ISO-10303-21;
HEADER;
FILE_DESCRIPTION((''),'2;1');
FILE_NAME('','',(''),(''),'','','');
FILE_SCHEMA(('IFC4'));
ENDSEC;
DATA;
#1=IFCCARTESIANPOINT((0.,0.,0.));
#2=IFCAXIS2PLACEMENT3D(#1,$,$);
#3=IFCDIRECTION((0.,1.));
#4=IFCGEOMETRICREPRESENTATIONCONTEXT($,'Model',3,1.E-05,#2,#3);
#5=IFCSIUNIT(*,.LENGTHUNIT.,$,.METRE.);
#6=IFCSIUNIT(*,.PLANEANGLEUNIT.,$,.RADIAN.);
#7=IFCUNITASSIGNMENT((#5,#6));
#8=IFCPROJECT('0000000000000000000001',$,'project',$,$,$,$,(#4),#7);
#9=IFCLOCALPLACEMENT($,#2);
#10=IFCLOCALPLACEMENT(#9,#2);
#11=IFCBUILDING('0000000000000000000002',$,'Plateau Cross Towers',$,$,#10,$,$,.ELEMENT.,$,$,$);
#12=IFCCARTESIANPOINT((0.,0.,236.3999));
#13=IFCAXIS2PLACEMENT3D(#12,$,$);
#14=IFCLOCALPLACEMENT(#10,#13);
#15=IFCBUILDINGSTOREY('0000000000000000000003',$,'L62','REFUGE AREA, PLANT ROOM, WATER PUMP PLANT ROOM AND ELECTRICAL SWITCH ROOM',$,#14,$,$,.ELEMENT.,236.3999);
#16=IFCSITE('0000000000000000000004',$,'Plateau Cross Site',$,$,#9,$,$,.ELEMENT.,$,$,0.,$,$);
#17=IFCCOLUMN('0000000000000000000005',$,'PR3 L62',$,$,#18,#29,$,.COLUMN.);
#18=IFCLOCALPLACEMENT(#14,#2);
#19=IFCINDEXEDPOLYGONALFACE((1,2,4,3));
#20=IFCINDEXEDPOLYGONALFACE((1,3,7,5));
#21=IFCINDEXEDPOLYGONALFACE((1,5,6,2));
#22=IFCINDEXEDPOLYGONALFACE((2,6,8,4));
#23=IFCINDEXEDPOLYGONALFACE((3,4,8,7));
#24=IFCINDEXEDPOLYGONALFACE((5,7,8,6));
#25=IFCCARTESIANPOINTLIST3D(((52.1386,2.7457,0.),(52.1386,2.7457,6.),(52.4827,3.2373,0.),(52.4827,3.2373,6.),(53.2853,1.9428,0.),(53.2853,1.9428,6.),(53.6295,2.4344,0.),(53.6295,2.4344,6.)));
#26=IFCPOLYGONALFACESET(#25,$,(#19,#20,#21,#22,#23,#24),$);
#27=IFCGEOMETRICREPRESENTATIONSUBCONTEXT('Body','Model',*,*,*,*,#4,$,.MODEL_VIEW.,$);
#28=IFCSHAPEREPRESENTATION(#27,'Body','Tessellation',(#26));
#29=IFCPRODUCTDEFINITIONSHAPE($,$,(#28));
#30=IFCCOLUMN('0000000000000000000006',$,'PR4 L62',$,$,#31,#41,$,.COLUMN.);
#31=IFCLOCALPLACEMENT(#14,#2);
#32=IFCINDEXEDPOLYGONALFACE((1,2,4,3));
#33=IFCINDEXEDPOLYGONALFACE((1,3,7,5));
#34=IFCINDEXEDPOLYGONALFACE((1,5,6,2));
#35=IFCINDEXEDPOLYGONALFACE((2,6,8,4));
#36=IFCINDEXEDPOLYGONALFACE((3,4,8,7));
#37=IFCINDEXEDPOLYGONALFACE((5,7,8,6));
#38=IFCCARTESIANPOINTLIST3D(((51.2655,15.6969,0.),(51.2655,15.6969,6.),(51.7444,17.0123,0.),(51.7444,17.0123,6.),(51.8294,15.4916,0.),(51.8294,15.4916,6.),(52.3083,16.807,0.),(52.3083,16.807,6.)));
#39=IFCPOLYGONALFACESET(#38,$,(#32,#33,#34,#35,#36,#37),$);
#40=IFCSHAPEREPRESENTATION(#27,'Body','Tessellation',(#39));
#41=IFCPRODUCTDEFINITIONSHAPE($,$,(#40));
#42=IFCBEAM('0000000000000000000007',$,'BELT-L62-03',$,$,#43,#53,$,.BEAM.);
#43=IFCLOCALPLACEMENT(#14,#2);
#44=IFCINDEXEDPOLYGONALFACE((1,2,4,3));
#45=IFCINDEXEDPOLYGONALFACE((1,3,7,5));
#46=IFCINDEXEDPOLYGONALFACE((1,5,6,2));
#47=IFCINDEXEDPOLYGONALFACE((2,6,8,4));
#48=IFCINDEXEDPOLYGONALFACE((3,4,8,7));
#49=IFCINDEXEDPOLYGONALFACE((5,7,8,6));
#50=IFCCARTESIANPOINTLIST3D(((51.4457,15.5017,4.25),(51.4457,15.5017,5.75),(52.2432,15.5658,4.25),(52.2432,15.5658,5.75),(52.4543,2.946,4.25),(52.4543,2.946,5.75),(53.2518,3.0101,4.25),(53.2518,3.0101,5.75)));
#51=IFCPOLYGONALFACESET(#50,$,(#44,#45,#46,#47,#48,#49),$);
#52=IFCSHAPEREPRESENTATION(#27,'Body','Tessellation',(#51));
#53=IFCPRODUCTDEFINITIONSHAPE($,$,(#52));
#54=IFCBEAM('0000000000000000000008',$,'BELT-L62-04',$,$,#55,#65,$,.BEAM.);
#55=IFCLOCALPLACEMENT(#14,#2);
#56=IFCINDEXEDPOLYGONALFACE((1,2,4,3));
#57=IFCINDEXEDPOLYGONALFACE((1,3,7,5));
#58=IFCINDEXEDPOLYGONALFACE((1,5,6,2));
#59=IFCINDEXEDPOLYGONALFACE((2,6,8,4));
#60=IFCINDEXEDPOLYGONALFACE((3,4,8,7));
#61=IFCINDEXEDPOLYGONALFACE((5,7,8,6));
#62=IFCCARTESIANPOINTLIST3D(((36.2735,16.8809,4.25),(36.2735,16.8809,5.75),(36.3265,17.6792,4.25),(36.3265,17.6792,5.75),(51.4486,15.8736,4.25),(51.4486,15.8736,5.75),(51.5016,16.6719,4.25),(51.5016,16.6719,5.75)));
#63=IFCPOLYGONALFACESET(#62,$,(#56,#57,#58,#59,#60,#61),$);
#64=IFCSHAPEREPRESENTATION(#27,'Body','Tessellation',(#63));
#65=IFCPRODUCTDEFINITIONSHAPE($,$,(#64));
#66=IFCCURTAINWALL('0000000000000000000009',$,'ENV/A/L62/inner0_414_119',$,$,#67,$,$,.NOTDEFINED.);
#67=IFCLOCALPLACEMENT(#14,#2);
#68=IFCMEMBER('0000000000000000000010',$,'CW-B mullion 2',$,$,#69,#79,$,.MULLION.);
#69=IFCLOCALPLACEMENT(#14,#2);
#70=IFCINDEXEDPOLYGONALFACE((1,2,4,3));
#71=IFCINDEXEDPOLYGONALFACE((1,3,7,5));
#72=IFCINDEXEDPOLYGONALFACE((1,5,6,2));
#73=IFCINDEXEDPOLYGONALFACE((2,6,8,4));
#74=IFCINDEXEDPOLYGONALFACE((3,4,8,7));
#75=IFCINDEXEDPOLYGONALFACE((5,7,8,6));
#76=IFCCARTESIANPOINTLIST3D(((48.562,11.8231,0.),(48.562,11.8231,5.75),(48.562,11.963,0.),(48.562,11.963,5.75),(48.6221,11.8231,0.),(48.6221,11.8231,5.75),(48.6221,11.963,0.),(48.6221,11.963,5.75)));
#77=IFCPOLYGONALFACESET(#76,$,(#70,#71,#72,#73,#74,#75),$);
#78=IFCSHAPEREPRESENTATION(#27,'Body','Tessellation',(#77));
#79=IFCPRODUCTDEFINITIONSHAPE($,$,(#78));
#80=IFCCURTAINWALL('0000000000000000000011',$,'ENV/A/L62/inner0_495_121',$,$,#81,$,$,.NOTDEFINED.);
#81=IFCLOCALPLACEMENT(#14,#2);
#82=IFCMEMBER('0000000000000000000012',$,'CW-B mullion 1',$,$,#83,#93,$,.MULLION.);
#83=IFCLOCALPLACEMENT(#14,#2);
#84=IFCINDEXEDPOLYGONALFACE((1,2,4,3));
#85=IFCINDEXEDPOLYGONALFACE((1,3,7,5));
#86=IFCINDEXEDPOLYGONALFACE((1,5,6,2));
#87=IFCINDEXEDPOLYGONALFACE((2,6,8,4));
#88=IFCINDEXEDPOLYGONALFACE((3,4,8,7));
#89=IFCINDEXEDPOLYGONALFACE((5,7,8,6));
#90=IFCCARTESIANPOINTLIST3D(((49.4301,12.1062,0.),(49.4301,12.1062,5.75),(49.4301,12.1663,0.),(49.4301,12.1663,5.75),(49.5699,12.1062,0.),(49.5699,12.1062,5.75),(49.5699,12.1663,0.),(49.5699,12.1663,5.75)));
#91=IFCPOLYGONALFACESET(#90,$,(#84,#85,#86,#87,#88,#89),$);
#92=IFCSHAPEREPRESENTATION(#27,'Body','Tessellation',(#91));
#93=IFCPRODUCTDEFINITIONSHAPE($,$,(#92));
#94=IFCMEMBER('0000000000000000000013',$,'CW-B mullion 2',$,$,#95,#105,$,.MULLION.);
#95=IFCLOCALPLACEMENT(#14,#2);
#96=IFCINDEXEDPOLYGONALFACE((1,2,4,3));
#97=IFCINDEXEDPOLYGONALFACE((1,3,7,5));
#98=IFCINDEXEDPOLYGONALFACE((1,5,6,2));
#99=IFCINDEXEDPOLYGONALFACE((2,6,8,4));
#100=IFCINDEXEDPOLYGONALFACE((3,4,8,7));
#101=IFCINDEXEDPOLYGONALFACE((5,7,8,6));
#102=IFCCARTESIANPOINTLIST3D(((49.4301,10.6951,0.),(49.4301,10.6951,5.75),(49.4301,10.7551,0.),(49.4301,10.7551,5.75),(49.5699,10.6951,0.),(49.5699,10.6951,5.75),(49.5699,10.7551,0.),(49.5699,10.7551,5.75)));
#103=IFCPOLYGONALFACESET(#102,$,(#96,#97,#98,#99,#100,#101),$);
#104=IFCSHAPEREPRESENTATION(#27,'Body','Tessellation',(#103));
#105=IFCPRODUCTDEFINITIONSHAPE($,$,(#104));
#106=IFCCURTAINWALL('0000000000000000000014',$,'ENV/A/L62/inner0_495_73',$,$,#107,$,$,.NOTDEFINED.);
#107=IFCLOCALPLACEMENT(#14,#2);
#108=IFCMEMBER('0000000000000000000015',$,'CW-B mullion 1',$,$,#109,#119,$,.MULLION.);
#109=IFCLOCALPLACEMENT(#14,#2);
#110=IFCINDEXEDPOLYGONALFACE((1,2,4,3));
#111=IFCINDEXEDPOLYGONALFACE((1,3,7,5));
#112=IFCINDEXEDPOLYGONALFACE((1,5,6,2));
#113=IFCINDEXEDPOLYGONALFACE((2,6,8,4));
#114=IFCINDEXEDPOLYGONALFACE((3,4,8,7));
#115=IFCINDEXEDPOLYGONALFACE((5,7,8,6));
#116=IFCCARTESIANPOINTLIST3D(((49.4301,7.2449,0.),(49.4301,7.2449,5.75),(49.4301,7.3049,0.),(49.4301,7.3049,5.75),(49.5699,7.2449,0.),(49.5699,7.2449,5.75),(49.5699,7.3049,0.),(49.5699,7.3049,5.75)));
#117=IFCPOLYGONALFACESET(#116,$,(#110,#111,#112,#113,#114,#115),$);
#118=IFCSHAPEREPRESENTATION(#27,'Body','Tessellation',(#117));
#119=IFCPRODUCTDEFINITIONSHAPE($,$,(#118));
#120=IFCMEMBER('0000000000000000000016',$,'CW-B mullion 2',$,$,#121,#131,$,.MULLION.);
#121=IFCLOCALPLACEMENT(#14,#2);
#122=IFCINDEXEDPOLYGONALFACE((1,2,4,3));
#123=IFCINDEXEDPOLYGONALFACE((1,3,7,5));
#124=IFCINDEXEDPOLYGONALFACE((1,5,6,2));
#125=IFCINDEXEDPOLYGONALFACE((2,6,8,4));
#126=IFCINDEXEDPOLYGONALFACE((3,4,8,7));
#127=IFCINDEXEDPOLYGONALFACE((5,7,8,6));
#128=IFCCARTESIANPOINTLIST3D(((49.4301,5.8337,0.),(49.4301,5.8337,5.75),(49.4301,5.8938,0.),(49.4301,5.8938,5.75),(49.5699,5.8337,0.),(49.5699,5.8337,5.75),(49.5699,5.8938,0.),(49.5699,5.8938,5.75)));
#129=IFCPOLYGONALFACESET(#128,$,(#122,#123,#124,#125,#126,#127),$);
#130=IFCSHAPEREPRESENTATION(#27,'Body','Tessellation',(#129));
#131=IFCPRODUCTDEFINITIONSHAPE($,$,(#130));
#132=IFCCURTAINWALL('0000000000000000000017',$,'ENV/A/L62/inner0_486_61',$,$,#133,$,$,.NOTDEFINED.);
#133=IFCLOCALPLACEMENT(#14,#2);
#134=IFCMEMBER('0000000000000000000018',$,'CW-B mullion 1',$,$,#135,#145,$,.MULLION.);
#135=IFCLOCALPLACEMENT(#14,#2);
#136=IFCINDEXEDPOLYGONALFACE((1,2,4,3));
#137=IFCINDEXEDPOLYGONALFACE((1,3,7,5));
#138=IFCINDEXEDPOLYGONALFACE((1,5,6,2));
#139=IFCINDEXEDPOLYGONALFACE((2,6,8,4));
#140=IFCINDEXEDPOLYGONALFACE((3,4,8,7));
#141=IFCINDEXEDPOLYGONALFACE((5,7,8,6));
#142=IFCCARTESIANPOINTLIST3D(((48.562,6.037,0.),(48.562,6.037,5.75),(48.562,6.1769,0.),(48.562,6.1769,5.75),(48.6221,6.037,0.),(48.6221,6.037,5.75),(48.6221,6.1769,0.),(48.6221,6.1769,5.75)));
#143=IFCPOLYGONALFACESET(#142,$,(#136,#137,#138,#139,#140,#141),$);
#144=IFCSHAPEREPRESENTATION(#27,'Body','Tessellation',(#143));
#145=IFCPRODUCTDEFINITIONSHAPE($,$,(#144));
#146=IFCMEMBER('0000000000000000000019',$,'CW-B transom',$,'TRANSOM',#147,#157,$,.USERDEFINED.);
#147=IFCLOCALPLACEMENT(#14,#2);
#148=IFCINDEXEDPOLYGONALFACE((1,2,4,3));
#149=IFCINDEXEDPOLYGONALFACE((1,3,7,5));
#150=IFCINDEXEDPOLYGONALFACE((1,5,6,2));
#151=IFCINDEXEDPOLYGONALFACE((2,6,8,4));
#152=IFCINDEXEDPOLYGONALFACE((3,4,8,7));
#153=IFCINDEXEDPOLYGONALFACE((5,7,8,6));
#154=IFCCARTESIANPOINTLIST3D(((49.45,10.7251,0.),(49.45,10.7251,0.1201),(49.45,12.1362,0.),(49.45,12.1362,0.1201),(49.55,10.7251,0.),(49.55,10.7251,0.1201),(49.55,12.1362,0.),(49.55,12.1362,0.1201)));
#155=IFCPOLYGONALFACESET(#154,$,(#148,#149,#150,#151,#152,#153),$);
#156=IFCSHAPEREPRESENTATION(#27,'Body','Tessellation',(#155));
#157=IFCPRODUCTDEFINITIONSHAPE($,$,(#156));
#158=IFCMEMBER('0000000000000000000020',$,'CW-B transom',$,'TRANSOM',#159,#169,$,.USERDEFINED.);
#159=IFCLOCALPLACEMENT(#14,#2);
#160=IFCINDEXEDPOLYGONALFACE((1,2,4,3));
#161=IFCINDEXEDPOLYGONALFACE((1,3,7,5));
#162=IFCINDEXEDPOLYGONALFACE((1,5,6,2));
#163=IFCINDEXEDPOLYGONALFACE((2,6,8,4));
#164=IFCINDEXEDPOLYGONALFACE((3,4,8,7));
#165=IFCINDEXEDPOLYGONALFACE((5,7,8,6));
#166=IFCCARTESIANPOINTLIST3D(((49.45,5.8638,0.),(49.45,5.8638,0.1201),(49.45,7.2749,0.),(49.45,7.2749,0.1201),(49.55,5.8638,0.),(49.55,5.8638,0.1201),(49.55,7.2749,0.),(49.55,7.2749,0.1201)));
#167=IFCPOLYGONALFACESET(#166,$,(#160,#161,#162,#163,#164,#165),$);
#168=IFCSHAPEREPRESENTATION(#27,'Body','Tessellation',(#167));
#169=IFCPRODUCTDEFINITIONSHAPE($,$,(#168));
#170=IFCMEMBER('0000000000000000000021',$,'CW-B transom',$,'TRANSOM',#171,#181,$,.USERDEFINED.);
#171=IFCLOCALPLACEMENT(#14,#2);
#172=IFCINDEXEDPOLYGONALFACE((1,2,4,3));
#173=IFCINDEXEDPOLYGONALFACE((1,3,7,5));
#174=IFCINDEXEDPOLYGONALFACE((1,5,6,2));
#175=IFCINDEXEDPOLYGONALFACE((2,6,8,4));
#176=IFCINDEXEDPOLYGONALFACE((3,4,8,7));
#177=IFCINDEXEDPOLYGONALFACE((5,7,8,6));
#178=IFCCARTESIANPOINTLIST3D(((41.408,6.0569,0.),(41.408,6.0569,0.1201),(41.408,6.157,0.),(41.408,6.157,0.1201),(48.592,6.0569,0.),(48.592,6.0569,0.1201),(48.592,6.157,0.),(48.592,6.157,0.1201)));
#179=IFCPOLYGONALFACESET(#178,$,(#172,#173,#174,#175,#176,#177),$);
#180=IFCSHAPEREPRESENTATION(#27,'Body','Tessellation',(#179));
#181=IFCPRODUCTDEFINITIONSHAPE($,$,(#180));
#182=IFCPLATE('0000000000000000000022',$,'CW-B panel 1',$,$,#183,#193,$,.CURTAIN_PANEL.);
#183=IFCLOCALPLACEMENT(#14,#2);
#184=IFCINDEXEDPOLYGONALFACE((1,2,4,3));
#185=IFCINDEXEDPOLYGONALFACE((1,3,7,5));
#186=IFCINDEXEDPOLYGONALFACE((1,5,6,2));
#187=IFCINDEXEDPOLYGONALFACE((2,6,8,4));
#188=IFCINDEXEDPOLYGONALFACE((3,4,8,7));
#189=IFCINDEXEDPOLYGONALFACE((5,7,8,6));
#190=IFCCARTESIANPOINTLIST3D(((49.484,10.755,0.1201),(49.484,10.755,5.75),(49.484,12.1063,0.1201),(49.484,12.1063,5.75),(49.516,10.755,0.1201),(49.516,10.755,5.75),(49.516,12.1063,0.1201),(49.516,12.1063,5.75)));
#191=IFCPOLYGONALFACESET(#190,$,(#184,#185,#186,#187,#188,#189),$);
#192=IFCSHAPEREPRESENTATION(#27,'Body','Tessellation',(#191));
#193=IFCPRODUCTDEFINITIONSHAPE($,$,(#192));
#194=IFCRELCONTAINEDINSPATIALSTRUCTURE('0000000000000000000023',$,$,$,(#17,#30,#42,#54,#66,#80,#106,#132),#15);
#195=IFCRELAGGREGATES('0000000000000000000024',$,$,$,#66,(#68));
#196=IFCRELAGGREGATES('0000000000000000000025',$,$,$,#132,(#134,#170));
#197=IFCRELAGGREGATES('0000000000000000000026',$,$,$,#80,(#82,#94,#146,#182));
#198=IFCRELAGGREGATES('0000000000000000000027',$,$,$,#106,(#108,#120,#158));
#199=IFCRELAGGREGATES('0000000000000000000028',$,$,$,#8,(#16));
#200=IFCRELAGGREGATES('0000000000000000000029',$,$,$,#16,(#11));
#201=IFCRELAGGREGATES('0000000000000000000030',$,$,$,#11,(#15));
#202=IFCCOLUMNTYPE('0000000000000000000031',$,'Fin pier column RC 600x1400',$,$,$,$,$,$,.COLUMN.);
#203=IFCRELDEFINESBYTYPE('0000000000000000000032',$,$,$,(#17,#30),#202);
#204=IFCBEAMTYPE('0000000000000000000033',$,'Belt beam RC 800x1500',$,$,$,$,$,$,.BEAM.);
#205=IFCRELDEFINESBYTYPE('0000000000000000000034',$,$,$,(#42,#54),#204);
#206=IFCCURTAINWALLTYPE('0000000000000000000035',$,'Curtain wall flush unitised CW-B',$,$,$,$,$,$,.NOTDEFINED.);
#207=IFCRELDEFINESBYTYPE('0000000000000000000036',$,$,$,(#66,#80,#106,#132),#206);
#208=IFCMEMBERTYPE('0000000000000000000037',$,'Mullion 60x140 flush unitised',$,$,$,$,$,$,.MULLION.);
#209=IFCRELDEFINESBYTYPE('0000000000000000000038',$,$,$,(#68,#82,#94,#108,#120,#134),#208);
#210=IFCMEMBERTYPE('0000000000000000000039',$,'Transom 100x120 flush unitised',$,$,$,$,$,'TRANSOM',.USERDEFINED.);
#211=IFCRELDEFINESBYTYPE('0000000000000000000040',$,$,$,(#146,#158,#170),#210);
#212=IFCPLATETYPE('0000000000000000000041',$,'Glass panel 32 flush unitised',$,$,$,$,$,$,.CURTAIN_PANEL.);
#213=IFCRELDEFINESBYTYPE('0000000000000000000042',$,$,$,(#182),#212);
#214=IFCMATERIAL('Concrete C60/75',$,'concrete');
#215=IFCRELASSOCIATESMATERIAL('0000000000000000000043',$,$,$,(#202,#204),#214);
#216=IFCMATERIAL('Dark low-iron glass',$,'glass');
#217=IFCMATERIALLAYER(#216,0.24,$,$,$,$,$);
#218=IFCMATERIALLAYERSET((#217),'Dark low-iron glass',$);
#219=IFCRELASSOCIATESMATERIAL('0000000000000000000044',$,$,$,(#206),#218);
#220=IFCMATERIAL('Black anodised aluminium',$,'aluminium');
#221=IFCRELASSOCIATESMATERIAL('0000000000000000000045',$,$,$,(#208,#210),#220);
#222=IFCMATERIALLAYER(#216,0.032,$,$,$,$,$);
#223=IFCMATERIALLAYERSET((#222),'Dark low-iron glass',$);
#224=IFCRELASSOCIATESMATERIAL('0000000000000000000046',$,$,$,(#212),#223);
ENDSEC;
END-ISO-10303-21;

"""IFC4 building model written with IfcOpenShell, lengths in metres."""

from ifc_helpers import new_model, si_unit, direction, frame, origin, origin_2d, place, context, subcontext, project, spatial, rectangle, extrude, material, layer, layer_set, material_profile, profile_set, type_object, element, aggregate, save


model = new_model("IFC4")

# Units and contexts
model_context = context("Model", 3, precision=1e-05, world=origin(), true_north=direction((0.0, 1.0)))
body_context = subcontext(model_context, "Body", "Model", "MODEL_VIEW")
ifc_project = project(units=[si_unit("LENGTHUNIT", "METRE"), si_unit("PLANEANGLEUNIT", "RADIAN")], contexts=[model_context])

# Site, building, storey
site_placement = place(None, origin())
site = spatial("IfcSite", under=ifc_project, at=site_placement, Name="Plateau Cross Site", CompositionType="ELEMENT", RefElevation=0.0)
building_placement = place(site_placement, origin())
building = spatial("IfcBuilding", under=site, at=building_placement, Name="Plateau Cross Towers", CompositionType="ELEMENT")
storey_placement = place(building_placement, frame((0.0, 0.0, 236.3999)))
storey = spatial("IfcBuildingStorey", under=building, at=storey_placement, Name="L62", Description="REFUGE AREA, PLANT ROOM, WATER PUMP PLANT ROOM AND ELECTRICAL SWITCH ROOM", CompositionType="ELEMENT", Elevation=236.3999)

# Columns
ifc_material_1 = material(Name="Concrete C60/75", Category="concrete")
ifc_material_profile_1 = material_profile(ifc_material_1, rectangle(XDim=0.6001, YDim=1.3999, at=origin_2d()), Name="RC 600x1400")
ifc_profile_set_1 = profile_set([ifc_material_profile_1], Name="Concrete C60/75")
column_type = type_object("IfcColumnType", Name="Fin pier column RC 600x1400", PredefinedType="COLUMN", material=ifc_profile_set_1)
for number, where, z_axis, x_axis, name in (
    (1, (52.884, 2.5901, 0.0), (0.0, 0.0, 1.0), (0.573543, 0.819176, 0.0), "PR3 L62"),
    (2, (51.7869, 16.252, 0.0), (0.0, 0.0, 1.0), (-0.939664, 0.342098, 0.0), "PR4 L62"),
):
    element("IfcColumn", number, at=place(storey_placement, frame(where, z_axis=z_axis, x_axis=x_axis)), inside=storey, type_object=column_type, Name=name, PredefinedType="COLUMN", context=body_context, shape_type="SweptSolid", body=[
        extrude(rectangle(XDim=0.6001, YDim=1.3999, at=origin_2d()), origin(), (0.0, 0.0, 1.0), 6.0),
    ])

# Beams
ifc_material_profile_2 = material_profile(ifc_material_1, rectangle(XDim=0.8, YDim=1.5, at=origin_2d()), Name="RC 800x1500")
ifc_profile_set_2 = profile_set([ifc_material_profile_2], Name="Concrete C60/75")
beam_type = type_object("IfcBeamType", Name="Belt beam RC 800x1500", PredefinedType="BEAM", material=ifc_profile_set_2)
beam_1_placement = place(storey_placement, frame((52.853, 2.978, 5.0), z_axis=(-0.080068, 0.996789, 0.0), x_axis=(-0.996789, -0.080068, 0.0)))
element("IfcBeam", 3, at=beam_1_placement, inside=storey, type_object=beam_type, Name="BELT-L62-03", PredefinedType="BEAM", context=body_context, shape_type="SweptSolid", body=[
    extrude(rectangle(XDim=0.8, YDim=1.5, at=origin_2d()), origin(), (0.0, 0.0, 1.0), 12.5962),
])
beam_2_placement = place(storey_placement, frame((51.4751, 16.2727, 5.0), z_axis=(-0.997804, 0.066235, 0.0), x_axis=(-0.066235, -0.997804, 0.0)))
element("IfcBeam", 4, at=beam_2_placement, inside=storey, type_object=beam_type, Name="BELT-L62-04", PredefinedType="BEAM", context=body_context, shape_type="SweptSolid", body=[
    extrude(rectangle(XDim=0.8, YDim=1.5, at=origin_2d()), origin(), (0.0, 0.0, 1.0), 15.2085),
])

# Curtain wall, member
ifc_material_2 = material(Name="Dark low-iron glass", Category="glass")
ifc_layer_1 = layer(ifc_material_2, 0.24)
ifc_layer_set_1 = layer_set([ifc_layer_1], Name="Dark low-iron glass")
curtain_wall_type = type_object("IfcCurtainWallType", Name="Curtain wall flush unitised CW-B", PredefinedType="NOTDEFINED", material=ifc_layer_set_1)
curtain_wall_1_placement = place(storey_placement, origin())
curtain_wall_1 = element("IfcCurtainWall", 5, at=curtain_wall_1_placement, inside=storey, type_object=curtain_wall_type, Name="ENV/A/L62/inner0_414_119", PredefinedType="NOTDEFINED")
ifc_material_3 = material(Name="Black anodised aluminium", Category="aluminium")
ifc_material_profile_3 = material_profile(ifc_material_3, rectangle(XDim=0.0601, YDim=0.1399, at=origin_2d()), Name="MULLION 60x140")
ifc_profile_set_3 = profile_set([ifc_material_profile_3], Name="Black anodised aluminium")
member_type_1 = type_object("IfcMemberType", Name="Mullion 60x140 flush unitised", PredefinedType="MULLION", material=ifc_profile_set_3)
member_1_placement = place(storey_placement, frame((48.592, 11.8931, 0.0), z_axis=(0.0, 0.0, 1.0), x_axis=(1.0, 0.0, 0.0)))
member_1 = element("IfcMember", 6, at=member_1_placement, type_object=member_type_1, Name="CW-B mullion 2", PredefinedType="MULLION", context=body_context, shape_type="SweptSolid", body=[
    extrude(rectangle(XDim=0.0601, YDim=0.1399, at=origin_2d()), origin(), (0.0, 0.0, 1.0), 5.75),
])
aggregate(curtain_wall_1, [member_1])

# Curtain walls, members
curtain_wall_2_placement = place(storey_placement, origin())
curtain_wall_2 = element("IfcCurtainWall", 7, at=curtain_wall_2_placement, inside=storey, type_object=curtain_wall_type, Name="ENV/A/L62/inner0_495_121", PredefinedType="NOTDEFINED")
member_2_placement = place(storey_placement, frame((49.5, 12.1362, 0.0), z_axis=(0.0, 0.0, 1.0), x_axis=(0.0, -1.0, 0.0)))
member_2 = element("IfcMember", 8, at=member_2_placement, type_object=member_type_1, Name="CW-B mullion 1", PredefinedType="MULLION", context=body_context, shape_type="SweptSolid", body=[
    extrude(rectangle(XDim=0.0601, YDim=0.1399, at=origin_2d()), origin(), (0.0, 0.0, 1.0), 5.75),
])
member_3_placement = place(storey_placement, frame((49.5, 10.7251, 0.0), z_axis=(0.0, 0.0, 1.0), x_axis=(0.0, -1.0, 0.0)))
member_3 = element("IfcMember", 9, at=member_3_placement, type_object=member_type_1, Name="CW-B mullion 2", PredefinedType="MULLION", context=body_context, shape_type="SweptSolid", body=[
    extrude(rectangle(XDim=0.0601, YDim=0.1399, at=origin_2d()), origin(), (0.0, 0.0, 1.0), 5.75),
])
curtain_wall_3_placement = place(storey_placement, origin())
curtain_wall_3 = element("IfcCurtainWall", 10, at=curtain_wall_3_placement, inside=storey, type_object=curtain_wall_type, Name="ENV/A/L62/inner0_495_73", PredefinedType="NOTDEFINED")
member_4_placement = place(storey_placement, frame((49.5, 7.2749, 0.0), z_axis=(0.0, 0.0, 1.0), x_axis=(0.0, -1.0, 0.0)))
member_4 = element("IfcMember", 11, at=member_4_placement, type_object=member_type_1, Name="CW-B mullion 1", PredefinedType="MULLION", context=body_context, shape_type="SweptSolid", body=[
    extrude(rectangle(XDim=0.0601, YDim=0.1399, at=origin_2d()), origin(), (0.0, 0.0, 1.0), 5.75),
])
member_5_placement = place(storey_placement, frame((49.5, 5.8638, 0.0), z_axis=(0.0, 0.0, 1.0), x_axis=(0.0, -1.0, 0.0)))
member_5 = element("IfcMember", 12, at=member_5_placement, type_object=member_type_1, Name="CW-B mullion 2", PredefinedType="MULLION", context=body_context, shape_type="SweptSolid", body=[
    extrude(rectangle(XDim=0.0601, YDim=0.1399, at=origin_2d()), origin(), (0.0, 0.0, 1.0), 5.75),
])

# Curtain wall, member
curtain_wall_4_placement = place(storey_placement, origin())
curtain_wall_4 = element("IfcCurtainWall", 13, at=curtain_wall_4_placement, inside=storey, type_object=curtain_wall_type, Name="ENV/A/L62/inner0_486_61", PredefinedType="NOTDEFINED")
member_6_placement = place(storey_placement, frame((48.592, 6.1069, 0.0), z_axis=(0.0, 0.0, 1.0), x_axis=(-1.0, 0.0, 0.0)))
member_6 = element("IfcMember", 14, at=member_6_placement, type_object=member_type_1, Name="CW-B mullion 1", PredefinedType="MULLION", context=body_context, shape_type="SweptSolid", body=[
    extrude(rectangle(XDim=0.0601, YDim=0.1399, at=origin_2d()), origin(), (0.0, 0.0, 1.0), 5.75),
])

# Members
ifc_material_profile_4 = material_profile(ifc_material_3, rectangle(XDim=0.1001, YDim=0.1201, at=origin_2d()), Name="TRANSOM 100x120")
ifc_profile_set_4 = profile_set([ifc_material_profile_4], Name="Black anodised aluminium")
member_type_2 = type_object("IfcMemberType", Name="Transom 100x120 flush unitised", ElementType="TRANSOM", PredefinedType="USERDEFINED", material=ifc_profile_set_4)
member_7_placement = place(storey_placement, frame((49.5, 12.1362, 0.0601), z_axis=(0.0, -1.0, 0.0), x_axis=(1.0, 0.0, 0.0)))
member_7 = element("IfcMember", 15, at=member_7_placement, type_object=member_type_2, Name="CW-B transom", ObjectType="TRANSOM", PredefinedType="USERDEFINED", context=body_context, shape_type="SweptSolid", body=[
    extrude(rectangle(XDim=0.1001, YDim=0.1201, at=origin_2d()), origin(), (0.0, 0.0, 1.0), 1.4111),
])
member_8_placement = place(storey_placement, frame((49.5, 7.2749, 0.0601), z_axis=(0.0, -1.0, 0.0), x_axis=(1.0, 0.0, 0.0)))
member_8 = element("IfcMember", 16, at=member_8_placement, type_object=member_type_2, Name="CW-B transom", ObjectType="TRANSOM", PredefinedType="USERDEFINED", context=body_context, shape_type="SweptSolid", body=[
    extrude(rectangle(XDim=0.1001, YDim=0.1201, at=origin_2d()), origin(), (0.0, 0.0, 1.0), 1.4111),
])
member_9_placement = place(storey_placement, frame((48.592, 6.1069, 0.0601), z_axis=(-1.0, 0.0, 0.0), x_axis=(0.0, -1.0, 0.0)))
member_9 = element("IfcMember", 17, at=member_9_placement, type_object=member_type_2, Name="CW-B transom", ObjectType="TRANSOM", PredefinedType="USERDEFINED", context=body_context, shape_type="SweptSolid", body=[
    extrude(rectangle(XDim=0.1001, YDim=0.1201, at=origin_2d()), origin(), (0.0, 0.0, 1.0), 7.1841),
])
aggregate(curtain_wall_4, [member_6, member_9])

# Plate
ifc_layer_2 = layer(ifc_material_2, 0.032)
ifc_layer_set_2 = layer_set([ifc_layer_2], Name="Dark low-iron glass")
plate_type = type_object("IfcPlateType", Name="Glass panel 32 flush unitised", PredefinedType="CURTAIN_PANEL", material=ifc_layer_set_2)
plate_1_placement = place(storey_placement, frame((49.5, 11.4307, 0.1201), z_axis=(0.0, 0.0, 1.0), x_axis=(0.0, -1.0, 0.0)))
plate_1 = element("IfcPlate", 18, at=plate_1_placement, type_object=plate_type, Name="CW-B panel 1", PredefinedType="CURTAIN_PANEL", context=body_context, shape_type="SweptSolid", body=[
    extrude(rectangle(XDim=1.3513, YDim=0.032, at=origin_2d()), origin(), (0.0, 0.0, 1.0), 5.6299),
])
aggregate(curtain_wall_2, [member_2, member_3, member_7, plate_1])
aggregate(curtain_wall_3, [member_4, member_5, member_8])

save(model, "model.ifc")
